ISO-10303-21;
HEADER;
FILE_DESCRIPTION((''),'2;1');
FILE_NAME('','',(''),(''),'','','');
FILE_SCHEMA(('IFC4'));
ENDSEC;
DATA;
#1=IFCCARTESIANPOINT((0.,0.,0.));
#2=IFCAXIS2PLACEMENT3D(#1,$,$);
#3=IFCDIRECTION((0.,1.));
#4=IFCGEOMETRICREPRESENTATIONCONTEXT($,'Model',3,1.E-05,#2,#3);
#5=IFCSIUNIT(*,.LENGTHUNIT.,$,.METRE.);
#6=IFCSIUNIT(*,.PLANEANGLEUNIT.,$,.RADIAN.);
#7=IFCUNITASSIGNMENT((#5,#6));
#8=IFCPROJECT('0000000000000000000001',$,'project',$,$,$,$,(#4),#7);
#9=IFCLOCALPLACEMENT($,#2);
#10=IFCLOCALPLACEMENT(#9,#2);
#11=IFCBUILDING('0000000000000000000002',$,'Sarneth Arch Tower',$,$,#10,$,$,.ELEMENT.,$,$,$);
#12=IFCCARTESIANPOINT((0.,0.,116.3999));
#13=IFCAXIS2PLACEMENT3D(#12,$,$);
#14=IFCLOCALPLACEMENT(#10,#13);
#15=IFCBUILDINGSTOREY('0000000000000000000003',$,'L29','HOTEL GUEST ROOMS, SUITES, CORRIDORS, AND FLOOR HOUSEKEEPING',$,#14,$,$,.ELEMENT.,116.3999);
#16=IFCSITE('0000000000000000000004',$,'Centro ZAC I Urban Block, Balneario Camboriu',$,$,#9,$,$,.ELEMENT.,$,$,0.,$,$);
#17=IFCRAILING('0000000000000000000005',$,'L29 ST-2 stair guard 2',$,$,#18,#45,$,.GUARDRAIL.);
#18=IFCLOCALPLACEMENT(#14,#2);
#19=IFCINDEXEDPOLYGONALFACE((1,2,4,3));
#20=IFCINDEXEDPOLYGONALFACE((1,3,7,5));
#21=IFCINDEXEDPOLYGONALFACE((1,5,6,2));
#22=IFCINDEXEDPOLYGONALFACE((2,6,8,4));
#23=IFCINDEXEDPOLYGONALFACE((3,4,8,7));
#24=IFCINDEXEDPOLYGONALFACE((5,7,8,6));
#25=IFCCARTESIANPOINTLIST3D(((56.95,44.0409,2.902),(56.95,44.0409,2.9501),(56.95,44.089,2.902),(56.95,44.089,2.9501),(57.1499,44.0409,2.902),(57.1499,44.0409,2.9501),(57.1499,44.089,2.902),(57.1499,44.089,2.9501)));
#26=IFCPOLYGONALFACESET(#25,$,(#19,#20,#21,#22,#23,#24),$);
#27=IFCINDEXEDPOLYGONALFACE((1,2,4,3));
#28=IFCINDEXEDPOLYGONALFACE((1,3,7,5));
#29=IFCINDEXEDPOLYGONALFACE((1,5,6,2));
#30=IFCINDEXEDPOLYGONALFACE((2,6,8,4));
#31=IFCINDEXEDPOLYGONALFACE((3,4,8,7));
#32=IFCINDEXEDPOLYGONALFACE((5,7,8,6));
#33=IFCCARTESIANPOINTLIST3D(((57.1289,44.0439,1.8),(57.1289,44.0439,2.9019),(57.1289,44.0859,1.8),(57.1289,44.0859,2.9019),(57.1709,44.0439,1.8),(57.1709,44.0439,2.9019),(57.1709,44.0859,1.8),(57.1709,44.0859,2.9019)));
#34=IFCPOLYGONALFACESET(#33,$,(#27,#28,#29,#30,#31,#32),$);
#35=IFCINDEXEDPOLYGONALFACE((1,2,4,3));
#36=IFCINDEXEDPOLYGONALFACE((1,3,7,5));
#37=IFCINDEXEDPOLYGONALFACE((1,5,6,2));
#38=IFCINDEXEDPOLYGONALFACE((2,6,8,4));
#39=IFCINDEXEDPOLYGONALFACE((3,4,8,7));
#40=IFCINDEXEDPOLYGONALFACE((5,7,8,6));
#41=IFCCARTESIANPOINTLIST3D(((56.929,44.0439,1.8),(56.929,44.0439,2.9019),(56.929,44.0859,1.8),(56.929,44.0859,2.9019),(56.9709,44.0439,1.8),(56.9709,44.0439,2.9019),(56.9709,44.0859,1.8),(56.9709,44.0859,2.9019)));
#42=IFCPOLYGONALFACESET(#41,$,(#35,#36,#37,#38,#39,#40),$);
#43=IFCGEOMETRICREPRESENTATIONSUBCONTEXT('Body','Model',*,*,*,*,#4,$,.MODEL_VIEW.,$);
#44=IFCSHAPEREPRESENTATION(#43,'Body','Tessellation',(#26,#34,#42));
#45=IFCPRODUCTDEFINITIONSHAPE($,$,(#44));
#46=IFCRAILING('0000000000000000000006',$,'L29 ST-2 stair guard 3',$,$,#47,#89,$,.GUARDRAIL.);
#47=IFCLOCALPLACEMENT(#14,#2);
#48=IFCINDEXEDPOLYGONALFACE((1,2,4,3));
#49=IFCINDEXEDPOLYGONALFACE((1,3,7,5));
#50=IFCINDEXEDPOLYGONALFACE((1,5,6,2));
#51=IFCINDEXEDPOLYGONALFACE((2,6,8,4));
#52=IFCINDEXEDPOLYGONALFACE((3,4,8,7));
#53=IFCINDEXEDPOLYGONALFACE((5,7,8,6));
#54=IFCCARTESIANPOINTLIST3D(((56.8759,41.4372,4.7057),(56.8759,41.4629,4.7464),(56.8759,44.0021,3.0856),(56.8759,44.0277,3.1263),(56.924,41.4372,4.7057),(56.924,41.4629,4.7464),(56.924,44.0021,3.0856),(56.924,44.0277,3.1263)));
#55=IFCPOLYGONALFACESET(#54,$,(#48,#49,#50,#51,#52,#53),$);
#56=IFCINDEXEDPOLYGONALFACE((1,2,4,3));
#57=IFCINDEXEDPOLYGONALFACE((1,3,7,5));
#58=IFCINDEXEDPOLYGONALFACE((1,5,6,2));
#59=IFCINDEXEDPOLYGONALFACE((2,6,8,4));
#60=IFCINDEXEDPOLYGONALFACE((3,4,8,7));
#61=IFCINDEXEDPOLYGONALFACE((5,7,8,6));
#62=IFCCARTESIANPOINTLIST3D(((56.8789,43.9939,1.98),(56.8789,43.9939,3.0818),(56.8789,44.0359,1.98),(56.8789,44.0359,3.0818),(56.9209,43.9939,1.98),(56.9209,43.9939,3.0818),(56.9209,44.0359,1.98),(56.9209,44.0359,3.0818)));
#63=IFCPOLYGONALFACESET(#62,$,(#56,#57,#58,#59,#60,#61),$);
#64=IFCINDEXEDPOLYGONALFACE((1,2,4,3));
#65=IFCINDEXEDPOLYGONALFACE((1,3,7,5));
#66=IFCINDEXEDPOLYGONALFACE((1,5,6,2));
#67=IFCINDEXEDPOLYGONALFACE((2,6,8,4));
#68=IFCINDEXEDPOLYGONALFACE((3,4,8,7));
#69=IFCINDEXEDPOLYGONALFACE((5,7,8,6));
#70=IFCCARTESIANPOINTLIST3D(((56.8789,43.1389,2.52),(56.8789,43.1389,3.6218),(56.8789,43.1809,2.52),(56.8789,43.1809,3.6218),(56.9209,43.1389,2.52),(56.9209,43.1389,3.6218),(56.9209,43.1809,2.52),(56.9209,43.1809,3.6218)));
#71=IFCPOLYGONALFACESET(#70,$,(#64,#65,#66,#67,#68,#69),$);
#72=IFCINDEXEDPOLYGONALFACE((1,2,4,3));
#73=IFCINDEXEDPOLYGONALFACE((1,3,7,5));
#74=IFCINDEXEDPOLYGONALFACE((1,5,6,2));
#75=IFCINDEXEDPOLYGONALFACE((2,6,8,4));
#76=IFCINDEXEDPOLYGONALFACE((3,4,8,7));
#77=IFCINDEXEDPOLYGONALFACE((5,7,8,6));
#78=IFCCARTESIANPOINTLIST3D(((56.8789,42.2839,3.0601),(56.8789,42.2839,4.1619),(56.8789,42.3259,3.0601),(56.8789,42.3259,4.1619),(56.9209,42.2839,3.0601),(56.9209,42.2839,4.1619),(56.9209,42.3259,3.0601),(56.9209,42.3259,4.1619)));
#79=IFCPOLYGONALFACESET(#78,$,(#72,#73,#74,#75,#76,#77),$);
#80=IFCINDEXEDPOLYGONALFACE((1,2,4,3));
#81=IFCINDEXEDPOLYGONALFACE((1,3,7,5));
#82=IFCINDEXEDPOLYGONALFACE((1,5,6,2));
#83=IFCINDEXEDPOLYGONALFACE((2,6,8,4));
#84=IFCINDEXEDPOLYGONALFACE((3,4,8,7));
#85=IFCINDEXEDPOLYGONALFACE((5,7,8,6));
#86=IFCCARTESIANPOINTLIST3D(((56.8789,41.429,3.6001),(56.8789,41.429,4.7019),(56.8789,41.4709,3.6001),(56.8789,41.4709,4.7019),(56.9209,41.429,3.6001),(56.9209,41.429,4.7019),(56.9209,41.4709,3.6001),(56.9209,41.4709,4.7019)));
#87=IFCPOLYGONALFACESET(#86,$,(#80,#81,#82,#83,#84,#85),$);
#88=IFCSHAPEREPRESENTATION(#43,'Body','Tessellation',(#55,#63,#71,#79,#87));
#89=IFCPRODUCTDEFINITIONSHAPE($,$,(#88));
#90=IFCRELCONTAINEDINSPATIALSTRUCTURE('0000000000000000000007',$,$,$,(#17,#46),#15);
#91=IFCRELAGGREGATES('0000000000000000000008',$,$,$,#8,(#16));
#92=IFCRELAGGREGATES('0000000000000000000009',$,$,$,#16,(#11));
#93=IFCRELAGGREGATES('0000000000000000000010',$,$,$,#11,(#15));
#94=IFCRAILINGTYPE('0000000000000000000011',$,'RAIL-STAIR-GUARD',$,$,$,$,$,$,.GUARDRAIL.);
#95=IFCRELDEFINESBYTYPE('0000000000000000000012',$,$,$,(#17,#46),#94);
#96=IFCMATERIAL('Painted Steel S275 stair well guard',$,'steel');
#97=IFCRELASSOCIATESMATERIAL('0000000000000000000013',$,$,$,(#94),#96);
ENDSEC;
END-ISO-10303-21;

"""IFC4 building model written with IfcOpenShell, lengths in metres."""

from ifc_helpers import new_model, si_unit, direction, frame, origin, origin_2d, place, context, subcontext, project, spatial, rectangle, extrude, material, type_object, element, save


model = new_model("IFC4")

# Units and contexts
model_context = context("Model", 3, precision=1e-05, world=origin(), true_north=direction((0.0, 1.0)))
body_context = subcontext(model_context, "Body", "Model", "MODEL_VIEW")
ifc_project = project(units=[si_unit("LENGTHUNIT", "METRE"), si_unit("PLANEANGLEUNIT", "RADIAN")], contexts=[model_context])

# Site, building, storey
site_placement = place(None, origin())
site = spatial("IfcSite", under=ifc_project, at=site_placement, Name="Centro ZAC I Urban Block, Balneario Camboriu", CompositionType="ELEMENT", RefElevation=0.0)
building_placement = place(site_placement, origin())
building = spatial("IfcBuilding", under=site, at=building_placement, Name="Sarneth Arch Tower", CompositionType="ELEMENT")
storey_placement = place(building_placement, frame((0.0, 0.0, 116.3999)))
storey = spatial("IfcBuildingStorey", under=building, at=storey_placement, Name="L29", Description="HOTEL GUEST ROOMS, SUITES, CORRIDORS, AND FLOOR HOUSEKEEPING", CompositionType="ELEMENT", Elevation=116.3999)

# Railings
ifc_material_1 = material(Name="Painted Steel S275 stair well guard", Category="steel")
railing_type_1 = type_object("IfcRailingType", Name="RAIL-STAIR-GUARD", PredefinedType="GUARDRAIL", material=ifc_material_1)
railing_1_placement = place(storey_placement, frame((57.1499, 44.0649, 1.8)))
element("IfcRailing", 1, at=railing_1_placement, inside=storey, type_object=railing_type_1, Name="L29 ST-2 stair guard 2", PredefinedType="GUARDRAIL", context=body_context, shape_type="SweptSolid", body=[
    extrude(rectangle(XDim=0.0481, YDim=0.0481, at=origin_2d()), frame((0.0, 0.0, 1.126), z_axis=(-1.0, 0.0, 0.0), x_axis=(0.0, -1.0, 0.0)), (0.0, 0.0, 1.0), 0.2),
    extrude(rectangle(XDim=0.042, YDim=0.042, at=origin_2d()), origin(), (0.0, 0.0, 1.0), 1.1018),
    extrude(rectangle(XDim=0.042, YDim=0.042, at=origin_2d()), frame((-0.2, 0.0, 0.0)), (0.0, 0.0, 1.0), 1.1018),
])
railing_2_placement = place(storey_placement, frame((56.8999, 44.0149, 1.98)))
element("IfcRailing", 2, at=railing_2_placement, inside=storey, type_object=railing_type_1, Name="L29 ST-2 stair guard 3", PredefinedType="GUARDRAIL", context=body_context, shape_type="SweptSolid", body=[
    extrude(rectangle(XDim=0.0481, YDim=0.0481, at=origin_2d()), frame((0.0, 0.0, 1.126), z_axis=(0.0, -0.845466, 0.534029), x_axis=(1.0, 0.0, 0.0)), (0.0, 0.0, 1.0), 3.0337),
    extrude(rectangle(XDim=0.042, YDim=0.042, at=origin_2d()), origin(), (0.0, 0.0, 1.0), 1.1018),
    extrude(rectangle(XDim=0.042, YDim=0.042, at=origin_2d()), frame((0.0, -0.855, 0.54)), (0.0, 0.0, 1.0), 1.1018),
    extrude(rectangle(XDim=0.042, YDim=0.042, at=origin_2d()), frame((0.0, -1.71, 1.0801)), (0.0, 0.0, 1.0), 1.1018),
    extrude(rectangle(XDim=0.042, YDim=0.042, at=origin_2d()), frame((0.0, -2.5649, 1.6201)), (0.0, 0.0, 1.0), 1.1018),
])

save(model, "model.ifc")
